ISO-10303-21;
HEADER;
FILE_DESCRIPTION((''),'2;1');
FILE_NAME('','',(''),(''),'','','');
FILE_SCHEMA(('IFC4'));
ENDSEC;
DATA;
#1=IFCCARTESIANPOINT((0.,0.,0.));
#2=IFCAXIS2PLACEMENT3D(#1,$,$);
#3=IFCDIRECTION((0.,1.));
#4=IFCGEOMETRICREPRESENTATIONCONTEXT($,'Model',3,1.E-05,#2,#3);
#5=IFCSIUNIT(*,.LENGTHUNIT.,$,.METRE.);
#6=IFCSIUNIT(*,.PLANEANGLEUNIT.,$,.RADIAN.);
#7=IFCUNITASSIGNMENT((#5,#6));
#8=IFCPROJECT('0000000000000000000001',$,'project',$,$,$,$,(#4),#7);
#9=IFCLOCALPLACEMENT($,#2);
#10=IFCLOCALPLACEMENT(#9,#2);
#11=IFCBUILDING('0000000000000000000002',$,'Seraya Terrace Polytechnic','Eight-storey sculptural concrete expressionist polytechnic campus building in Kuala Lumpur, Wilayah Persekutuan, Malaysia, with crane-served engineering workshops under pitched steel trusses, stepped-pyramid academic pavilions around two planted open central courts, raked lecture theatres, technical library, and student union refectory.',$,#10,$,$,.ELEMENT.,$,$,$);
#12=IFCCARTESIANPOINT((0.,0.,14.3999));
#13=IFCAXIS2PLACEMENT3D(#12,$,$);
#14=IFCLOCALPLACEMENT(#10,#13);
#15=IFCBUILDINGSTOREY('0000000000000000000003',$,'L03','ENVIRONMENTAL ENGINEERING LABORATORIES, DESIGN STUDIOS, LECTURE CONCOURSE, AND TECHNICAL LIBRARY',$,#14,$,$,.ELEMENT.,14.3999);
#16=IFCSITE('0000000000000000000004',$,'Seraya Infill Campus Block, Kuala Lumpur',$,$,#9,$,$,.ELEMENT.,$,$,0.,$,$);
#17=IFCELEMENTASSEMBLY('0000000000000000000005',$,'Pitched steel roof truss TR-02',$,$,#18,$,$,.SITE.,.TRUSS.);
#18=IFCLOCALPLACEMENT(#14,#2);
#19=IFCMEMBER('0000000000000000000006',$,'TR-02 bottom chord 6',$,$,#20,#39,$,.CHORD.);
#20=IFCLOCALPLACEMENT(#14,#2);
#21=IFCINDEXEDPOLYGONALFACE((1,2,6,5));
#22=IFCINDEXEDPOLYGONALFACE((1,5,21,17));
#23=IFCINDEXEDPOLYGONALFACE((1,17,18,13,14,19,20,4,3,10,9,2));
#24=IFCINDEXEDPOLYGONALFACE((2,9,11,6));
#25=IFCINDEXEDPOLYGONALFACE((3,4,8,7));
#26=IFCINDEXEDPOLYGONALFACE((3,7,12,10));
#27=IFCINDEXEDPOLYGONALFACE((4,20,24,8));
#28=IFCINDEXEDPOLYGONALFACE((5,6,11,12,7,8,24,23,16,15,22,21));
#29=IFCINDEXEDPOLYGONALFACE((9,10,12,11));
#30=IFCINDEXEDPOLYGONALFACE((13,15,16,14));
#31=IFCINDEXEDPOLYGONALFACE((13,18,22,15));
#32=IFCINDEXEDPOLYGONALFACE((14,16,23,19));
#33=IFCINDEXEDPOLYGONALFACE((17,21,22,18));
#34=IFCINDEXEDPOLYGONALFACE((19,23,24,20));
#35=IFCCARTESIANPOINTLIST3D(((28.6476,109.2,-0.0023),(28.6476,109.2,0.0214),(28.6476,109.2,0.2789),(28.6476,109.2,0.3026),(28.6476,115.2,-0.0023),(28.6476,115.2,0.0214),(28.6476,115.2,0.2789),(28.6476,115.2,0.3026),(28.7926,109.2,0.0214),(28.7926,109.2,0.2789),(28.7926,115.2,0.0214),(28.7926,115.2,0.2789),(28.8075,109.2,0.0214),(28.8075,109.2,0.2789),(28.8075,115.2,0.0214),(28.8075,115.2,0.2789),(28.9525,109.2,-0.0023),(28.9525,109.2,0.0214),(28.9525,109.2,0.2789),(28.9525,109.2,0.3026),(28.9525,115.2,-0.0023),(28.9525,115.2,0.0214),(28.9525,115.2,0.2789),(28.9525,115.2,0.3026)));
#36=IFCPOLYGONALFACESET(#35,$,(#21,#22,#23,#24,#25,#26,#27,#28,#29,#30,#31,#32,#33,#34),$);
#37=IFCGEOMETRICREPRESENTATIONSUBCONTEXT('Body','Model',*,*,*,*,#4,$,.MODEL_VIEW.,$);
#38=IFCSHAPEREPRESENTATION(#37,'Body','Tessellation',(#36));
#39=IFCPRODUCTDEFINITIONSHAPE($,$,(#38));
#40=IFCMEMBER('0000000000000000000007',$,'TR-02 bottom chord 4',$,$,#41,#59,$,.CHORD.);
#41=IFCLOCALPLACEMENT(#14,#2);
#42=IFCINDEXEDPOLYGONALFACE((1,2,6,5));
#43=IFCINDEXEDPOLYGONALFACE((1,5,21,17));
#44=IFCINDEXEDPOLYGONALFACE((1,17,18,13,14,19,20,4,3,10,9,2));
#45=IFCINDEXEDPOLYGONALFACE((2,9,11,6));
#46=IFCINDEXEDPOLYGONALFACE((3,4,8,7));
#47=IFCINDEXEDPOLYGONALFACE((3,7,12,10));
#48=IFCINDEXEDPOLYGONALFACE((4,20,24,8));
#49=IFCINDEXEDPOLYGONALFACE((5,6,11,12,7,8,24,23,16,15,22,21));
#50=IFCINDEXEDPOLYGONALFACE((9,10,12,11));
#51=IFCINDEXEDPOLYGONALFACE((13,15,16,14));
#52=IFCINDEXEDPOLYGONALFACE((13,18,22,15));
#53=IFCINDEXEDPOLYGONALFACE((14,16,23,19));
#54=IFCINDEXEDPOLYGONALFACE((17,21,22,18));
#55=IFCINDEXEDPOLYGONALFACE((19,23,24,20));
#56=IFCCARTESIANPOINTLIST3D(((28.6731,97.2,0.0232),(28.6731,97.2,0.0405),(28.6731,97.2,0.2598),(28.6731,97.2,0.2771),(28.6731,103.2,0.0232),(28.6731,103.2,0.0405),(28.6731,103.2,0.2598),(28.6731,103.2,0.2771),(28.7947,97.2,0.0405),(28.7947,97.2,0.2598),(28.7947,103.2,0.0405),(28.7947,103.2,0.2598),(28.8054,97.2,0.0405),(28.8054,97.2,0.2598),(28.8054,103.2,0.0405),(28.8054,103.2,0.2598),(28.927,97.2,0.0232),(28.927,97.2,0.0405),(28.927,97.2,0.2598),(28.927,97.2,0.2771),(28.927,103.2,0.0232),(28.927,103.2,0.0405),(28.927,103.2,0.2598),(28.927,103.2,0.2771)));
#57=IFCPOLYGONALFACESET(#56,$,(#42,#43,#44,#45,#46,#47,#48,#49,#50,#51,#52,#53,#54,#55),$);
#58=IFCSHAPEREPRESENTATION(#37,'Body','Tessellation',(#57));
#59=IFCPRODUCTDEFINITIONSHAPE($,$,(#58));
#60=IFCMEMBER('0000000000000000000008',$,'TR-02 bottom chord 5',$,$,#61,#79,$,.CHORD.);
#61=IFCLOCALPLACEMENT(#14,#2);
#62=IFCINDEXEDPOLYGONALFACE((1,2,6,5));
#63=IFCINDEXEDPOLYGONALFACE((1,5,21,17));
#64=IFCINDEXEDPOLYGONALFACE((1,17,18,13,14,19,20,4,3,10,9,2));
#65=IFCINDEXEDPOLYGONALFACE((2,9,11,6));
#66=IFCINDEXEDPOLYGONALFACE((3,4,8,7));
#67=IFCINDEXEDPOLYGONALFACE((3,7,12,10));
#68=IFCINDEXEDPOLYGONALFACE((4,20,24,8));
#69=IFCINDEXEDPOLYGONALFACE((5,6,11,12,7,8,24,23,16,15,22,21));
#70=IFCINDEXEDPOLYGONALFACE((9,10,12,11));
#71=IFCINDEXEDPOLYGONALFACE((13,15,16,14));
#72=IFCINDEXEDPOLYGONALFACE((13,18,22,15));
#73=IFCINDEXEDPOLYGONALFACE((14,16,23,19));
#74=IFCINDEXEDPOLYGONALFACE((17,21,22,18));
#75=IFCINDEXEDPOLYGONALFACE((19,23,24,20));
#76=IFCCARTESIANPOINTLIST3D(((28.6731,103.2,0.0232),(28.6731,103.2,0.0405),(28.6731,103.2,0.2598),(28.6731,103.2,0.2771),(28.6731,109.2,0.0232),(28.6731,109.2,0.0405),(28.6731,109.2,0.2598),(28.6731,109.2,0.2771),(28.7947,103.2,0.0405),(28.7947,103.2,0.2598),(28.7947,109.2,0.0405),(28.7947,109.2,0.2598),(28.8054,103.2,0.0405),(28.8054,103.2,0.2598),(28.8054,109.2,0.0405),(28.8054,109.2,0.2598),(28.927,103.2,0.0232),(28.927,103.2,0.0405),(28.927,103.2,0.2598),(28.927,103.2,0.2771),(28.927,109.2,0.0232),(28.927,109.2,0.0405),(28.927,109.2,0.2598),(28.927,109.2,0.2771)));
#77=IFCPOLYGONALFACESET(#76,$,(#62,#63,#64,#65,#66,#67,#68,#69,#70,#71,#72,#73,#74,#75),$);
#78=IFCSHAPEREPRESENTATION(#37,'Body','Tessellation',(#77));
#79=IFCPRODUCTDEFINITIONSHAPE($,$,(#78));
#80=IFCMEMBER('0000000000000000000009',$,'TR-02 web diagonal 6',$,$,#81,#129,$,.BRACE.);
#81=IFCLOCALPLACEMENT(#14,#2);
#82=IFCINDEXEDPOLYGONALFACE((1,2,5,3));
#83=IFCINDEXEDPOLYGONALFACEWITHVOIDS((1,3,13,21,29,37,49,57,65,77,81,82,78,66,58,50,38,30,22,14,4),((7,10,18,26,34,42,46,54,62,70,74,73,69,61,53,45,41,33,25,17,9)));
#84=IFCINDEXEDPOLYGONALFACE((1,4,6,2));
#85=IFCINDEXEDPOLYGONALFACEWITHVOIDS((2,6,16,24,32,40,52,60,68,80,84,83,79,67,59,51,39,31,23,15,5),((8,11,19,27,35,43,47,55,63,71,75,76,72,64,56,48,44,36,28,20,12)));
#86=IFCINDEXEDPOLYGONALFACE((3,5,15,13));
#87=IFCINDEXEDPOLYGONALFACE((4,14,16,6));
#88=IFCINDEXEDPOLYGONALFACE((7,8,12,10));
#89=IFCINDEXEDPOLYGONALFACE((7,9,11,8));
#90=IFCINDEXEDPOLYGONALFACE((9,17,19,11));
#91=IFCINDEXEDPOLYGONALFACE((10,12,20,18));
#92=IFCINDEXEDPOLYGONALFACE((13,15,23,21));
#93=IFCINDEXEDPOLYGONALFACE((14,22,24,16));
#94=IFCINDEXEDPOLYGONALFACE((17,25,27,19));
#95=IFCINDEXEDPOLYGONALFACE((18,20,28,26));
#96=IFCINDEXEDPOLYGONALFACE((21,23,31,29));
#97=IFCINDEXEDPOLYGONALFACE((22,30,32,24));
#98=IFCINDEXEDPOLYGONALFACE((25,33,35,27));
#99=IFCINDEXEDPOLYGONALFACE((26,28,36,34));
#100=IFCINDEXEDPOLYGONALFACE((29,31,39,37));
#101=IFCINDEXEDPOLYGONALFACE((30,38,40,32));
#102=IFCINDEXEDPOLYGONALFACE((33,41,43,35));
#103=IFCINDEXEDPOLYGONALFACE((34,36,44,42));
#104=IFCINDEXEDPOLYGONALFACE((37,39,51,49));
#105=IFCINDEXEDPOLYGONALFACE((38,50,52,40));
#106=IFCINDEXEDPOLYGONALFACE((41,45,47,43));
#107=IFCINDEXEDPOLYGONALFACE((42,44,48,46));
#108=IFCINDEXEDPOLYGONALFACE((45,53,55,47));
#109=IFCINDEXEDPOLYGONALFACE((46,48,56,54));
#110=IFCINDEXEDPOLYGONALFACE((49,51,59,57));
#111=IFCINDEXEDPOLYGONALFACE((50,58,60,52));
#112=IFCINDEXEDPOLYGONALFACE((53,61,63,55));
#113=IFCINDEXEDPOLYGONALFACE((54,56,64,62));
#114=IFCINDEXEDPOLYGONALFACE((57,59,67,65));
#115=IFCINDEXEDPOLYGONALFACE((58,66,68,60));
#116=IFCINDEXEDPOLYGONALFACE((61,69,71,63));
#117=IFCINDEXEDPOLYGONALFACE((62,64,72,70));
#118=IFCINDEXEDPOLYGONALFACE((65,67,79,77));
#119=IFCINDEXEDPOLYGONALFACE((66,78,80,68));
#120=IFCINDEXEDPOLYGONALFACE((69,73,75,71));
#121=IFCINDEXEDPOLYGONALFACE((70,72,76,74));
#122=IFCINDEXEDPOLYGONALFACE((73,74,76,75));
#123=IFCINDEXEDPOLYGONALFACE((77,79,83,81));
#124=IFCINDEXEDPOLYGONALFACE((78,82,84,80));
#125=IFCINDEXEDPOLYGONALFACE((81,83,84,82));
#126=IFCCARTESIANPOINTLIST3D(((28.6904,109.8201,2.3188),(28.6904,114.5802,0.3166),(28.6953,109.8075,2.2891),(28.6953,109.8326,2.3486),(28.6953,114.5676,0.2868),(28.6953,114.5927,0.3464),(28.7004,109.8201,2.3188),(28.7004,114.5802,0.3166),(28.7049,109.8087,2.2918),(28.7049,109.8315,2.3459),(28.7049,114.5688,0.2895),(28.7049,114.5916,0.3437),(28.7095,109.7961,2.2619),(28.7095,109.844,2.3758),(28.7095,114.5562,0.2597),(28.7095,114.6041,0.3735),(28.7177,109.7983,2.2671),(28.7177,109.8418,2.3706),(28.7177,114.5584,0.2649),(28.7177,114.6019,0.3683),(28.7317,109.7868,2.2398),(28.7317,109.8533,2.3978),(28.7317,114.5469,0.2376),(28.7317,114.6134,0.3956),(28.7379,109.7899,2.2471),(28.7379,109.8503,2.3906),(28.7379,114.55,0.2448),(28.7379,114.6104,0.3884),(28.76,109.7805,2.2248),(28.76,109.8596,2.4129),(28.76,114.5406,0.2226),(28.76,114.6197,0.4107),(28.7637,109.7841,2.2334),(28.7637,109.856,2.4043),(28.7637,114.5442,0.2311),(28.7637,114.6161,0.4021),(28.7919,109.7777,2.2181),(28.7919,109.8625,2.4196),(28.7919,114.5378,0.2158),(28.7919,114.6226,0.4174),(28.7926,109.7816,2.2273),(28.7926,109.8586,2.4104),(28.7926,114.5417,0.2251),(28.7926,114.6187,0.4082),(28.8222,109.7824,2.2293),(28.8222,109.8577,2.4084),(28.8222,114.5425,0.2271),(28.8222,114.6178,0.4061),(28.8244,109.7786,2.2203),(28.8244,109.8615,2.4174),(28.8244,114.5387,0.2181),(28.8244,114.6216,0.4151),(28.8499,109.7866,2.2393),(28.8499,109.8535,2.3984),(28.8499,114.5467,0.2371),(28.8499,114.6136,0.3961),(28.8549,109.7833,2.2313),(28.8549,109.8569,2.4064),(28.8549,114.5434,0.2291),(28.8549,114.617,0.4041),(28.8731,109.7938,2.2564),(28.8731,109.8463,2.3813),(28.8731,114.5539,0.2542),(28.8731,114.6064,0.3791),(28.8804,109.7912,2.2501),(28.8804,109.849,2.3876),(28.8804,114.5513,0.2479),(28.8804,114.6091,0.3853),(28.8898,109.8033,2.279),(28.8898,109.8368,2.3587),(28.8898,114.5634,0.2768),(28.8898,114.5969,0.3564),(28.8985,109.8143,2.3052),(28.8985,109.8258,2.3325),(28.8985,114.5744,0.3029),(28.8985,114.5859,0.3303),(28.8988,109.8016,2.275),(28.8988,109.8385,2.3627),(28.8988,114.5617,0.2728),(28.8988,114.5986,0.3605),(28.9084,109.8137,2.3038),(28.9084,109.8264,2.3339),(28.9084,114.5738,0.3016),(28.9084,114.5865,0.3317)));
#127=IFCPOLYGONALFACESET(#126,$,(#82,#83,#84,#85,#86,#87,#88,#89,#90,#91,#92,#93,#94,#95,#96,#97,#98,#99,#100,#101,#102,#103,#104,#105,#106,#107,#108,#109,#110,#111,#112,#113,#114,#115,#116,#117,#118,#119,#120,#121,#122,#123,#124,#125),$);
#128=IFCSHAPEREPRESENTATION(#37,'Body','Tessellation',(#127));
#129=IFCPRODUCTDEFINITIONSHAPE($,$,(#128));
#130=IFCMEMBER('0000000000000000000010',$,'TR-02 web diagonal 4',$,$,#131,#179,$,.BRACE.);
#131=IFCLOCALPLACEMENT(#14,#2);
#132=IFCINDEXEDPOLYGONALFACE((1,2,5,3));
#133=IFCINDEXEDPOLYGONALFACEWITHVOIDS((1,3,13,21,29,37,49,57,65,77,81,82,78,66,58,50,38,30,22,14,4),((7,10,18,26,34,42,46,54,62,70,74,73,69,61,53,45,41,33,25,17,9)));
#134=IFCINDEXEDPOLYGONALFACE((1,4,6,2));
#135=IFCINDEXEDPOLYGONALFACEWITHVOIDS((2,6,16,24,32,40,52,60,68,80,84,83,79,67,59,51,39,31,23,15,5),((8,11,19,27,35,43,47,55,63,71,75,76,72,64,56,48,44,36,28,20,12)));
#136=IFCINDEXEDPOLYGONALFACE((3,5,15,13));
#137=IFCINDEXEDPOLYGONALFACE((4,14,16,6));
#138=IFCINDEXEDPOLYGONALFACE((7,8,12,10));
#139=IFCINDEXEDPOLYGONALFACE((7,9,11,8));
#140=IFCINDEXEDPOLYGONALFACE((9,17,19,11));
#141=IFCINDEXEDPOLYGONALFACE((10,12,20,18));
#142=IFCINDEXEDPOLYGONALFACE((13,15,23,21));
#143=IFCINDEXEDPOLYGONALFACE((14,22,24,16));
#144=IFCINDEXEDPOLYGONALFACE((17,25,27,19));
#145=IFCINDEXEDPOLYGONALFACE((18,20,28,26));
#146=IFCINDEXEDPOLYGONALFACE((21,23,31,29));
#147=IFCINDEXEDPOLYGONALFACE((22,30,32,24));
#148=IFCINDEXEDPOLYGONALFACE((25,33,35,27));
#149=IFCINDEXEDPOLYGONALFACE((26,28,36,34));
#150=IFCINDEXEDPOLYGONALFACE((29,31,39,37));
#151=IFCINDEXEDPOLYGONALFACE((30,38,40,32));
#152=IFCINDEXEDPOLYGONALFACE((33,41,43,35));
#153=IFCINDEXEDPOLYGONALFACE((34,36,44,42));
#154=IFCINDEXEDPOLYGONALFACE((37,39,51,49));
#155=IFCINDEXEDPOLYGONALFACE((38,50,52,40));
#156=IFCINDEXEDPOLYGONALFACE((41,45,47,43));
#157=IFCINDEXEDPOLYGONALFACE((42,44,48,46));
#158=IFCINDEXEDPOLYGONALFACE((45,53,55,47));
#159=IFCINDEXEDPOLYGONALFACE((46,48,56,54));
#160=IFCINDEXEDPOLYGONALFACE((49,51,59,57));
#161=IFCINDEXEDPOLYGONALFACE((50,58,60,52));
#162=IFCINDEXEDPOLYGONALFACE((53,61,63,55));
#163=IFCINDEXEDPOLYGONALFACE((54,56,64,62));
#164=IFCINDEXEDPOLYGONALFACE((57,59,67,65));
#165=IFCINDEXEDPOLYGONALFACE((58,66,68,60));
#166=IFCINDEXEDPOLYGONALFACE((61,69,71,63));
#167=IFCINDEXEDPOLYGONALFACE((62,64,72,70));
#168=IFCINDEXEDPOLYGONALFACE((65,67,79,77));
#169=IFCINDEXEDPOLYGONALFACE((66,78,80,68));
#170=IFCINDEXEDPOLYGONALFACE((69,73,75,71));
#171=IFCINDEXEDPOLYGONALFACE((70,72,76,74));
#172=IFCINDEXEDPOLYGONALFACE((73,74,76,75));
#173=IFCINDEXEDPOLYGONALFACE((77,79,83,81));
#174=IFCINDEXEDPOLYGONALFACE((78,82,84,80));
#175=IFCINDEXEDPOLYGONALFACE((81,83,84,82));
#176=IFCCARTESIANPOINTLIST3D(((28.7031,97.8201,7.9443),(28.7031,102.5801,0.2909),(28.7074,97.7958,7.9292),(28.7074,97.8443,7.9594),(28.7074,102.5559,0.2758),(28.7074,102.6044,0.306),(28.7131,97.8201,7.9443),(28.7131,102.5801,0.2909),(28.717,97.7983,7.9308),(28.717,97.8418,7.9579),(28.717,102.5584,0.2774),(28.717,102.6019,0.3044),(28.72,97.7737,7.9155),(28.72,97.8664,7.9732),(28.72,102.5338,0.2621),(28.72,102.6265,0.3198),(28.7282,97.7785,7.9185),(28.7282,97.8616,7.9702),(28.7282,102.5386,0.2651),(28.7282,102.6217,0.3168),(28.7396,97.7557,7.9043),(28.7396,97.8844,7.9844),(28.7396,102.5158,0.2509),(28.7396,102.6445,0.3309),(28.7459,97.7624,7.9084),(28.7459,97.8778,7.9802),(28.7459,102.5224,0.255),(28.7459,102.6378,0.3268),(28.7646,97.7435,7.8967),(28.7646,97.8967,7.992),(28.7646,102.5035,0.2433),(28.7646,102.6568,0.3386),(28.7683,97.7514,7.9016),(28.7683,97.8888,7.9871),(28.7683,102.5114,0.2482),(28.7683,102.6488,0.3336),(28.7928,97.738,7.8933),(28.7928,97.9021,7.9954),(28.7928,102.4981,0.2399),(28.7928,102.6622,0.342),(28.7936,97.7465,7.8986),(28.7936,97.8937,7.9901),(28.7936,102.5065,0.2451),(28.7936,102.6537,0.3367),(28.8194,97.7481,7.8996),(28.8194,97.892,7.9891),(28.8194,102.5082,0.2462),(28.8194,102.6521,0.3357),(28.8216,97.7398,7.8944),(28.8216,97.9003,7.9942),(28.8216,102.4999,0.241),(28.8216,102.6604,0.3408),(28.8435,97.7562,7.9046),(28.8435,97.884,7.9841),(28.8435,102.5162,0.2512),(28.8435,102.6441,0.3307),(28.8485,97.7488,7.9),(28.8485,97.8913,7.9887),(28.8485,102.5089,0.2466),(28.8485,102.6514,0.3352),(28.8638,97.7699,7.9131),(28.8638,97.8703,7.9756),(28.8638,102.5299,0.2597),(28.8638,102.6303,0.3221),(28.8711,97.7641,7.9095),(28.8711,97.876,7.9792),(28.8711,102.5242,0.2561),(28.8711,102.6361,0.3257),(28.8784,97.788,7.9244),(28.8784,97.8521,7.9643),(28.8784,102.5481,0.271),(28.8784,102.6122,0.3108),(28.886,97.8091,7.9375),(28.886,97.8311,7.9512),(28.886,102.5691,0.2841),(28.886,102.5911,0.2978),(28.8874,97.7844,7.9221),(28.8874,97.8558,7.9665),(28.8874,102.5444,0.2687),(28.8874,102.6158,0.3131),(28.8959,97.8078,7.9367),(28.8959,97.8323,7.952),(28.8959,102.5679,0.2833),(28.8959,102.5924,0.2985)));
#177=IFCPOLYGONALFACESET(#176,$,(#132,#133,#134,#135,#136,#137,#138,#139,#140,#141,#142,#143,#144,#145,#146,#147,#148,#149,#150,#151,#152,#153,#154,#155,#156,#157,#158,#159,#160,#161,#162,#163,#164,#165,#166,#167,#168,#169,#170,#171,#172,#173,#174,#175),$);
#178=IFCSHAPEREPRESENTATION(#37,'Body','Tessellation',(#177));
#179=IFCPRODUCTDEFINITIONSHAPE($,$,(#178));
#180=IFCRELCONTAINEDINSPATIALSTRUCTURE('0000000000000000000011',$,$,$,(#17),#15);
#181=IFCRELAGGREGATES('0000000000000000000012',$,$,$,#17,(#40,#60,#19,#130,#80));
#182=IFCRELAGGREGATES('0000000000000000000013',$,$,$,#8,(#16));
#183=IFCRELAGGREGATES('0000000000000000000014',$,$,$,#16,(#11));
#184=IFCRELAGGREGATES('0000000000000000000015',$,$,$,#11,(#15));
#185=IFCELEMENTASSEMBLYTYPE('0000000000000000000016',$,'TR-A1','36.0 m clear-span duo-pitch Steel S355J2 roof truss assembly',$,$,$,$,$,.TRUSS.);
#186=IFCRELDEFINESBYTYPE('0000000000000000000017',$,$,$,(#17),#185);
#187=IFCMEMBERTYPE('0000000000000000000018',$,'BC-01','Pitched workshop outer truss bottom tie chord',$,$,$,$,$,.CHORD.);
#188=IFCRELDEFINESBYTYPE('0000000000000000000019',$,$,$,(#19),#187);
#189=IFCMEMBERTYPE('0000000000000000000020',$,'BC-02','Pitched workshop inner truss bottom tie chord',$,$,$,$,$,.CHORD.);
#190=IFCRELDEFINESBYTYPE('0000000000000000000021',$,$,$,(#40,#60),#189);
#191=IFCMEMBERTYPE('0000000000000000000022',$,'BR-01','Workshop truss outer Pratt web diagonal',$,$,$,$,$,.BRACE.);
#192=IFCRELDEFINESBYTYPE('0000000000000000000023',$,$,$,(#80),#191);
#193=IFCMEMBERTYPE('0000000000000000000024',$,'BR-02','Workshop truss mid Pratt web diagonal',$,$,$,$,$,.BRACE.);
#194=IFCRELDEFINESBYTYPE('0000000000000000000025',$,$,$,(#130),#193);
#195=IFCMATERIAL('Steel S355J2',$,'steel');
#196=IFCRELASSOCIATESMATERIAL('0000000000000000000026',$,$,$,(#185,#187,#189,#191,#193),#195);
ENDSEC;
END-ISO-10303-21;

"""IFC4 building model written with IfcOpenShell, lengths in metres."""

from ifc_helpers import new_model, si_unit, direction, frame, origin, origin_2d, place, context, subcontext, project, spatial, hollow_circle, i_section, extrude, material, material_profile, profile_set, type_object, element, aggregate, save


model = new_model("IFC4")

# Units and contexts
model_context = context("Model", 3, precision=1e-05, world=origin(), true_north=direction((0.0, 1.0)))
body_context = subcontext(model_context, "Body", "Model", "MODEL_VIEW")
ifc_project = project(units=[si_unit("LENGTHUNIT", "METRE"), si_unit("PLANEANGLEUNIT", "RADIAN")], contexts=[model_context])

# Site, building, storey
site_placement = place(None, origin())
site = spatial("IfcSite", under=ifc_project, at=site_placement, Name="Seraya Infill Campus Block, Kuala Lumpur", CompositionType="ELEMENT", RefElevation=0.0)
building_placement = place(site_placement, origin())
building = spatial("IfcBuilding", under=site, at=building_placement, Name="Seraya Terrace Polytechnic", Description="Eight-storey sculptural concrete expressionist polytechnic campus building in Kuala Lumpur, Wilayah Persekutuan, Malaysia, with crane-served engineering workshops under pitched steel trusses, stepped-pyramid academic pavilions around two planted open central courts, raked lecture theatres, technical library, and student union refectory.", CompositionType="ELEMENT")
storey_placement = place(building_placement, frame((0.0, 0.0, 14.3999)))
storey = spatial("IfcBuildingStorey", under=building, at=storey_placement, Name="L03", Description="ENVIRONMENTAL ENGINEERING LABORATORIES, DESIGN STUDIOS, LECTURE CONCOURSE, AND TECHNICAL LIBRARY", CompositionType="ELEMENT", Elevation=14.3999)

# Element assembly, members
ifc_material_1 = material(Name="Steel S355J2", Category="steel")
element_assembly_type = type_object("IfcElementAssemblyType", Name="TR-A1", Description="36.0 m clear-span duo-pitch Steel S355J2 roof truss assembly", PredefinedType="TRUSS", material=ifc_material_1)
assembly_placement = place(storey_placement, origin())
assembly = element("IfcElementAssembly", 1, at=assembly_placement, inside=storey, type_object=element_assembly_type, Name="Pitched steel roof truss TR-02", AssemblyPlace="SITE", PredefinedType="TRUSS")
ifc_material_profile_1 = material_profile(ifc_material_1, i_section(OverallWidth=0.3049, OverallDepth=0.3049, WebThickness=0.0149, FlangeThickness=0.0237, at=origin_2d()), Name="UKC 305x305x14.9x23.8")
ifc_profile_set_1 = profile_set([ifc_material_profile_1], Name="Steel S355J2")
member_type_1 = type_object("IfcMemberType", Name="BC-01", Description="Pitched workshop outer truss bottom tie chord", PredefinedType="CHORD", material=ifc_profile_set_1)
member_1_placement = place(storey_placement, frame((28.8, 109.2, 0.1501), z_axis=(0.0, 1.0, 0.0), x_axis=(-1.0, 0.0, 0.0)))
member_1 = element("IfcMember", 2, at=member_1_placement, type_object=member_type_1, Name="TR-02 bottom chord 6", PredefinedType="CHORD", context=body_context, shape_type="SweptSolid", body=[
    extrude(i_section(OverallWidth=0.3049, OverallDepth=0.3049, WebThickness=0.0149, FlangeThickness=0.0237, at=origin_2d()), origin(), (0.0, 0.0, 1.0), 6.0),
])
ifc_material_profile_2 = material_profile(ifc_material_1, i_section(OverallWidth=0.2539, OverallDepth=0.2539, WebThickness=0.0107, FlangeThickness=0.0173, at=origin_2d()), Name="UKC 254x254x10.7x17.3")
ifc_profile_set_2 = profile_set([ifc_material_profile_2], Name="Steel S355J2")
member_type_2 = type_object("IfcMemberType", Name="BC-02", Description="Pitched workshop inner truss bottom tie chord", PredefinedType="CHORD", material=ifc_profile_set_2)
member_2_placement = place(storey_placement, frame((28.8, 97.2, 0.1501), z_axis=(0.0, 1.0, 0.0), x_axis=(-1.0, 0.0, 0.0)))
member_2 = element("IfcMember", 3, at=member_2_placement, type_object=member_type_2, Name="TR-02 bottom chord 4", PredefinedType="CHORD", context=body_context, shape_type="SweptSolid", body=[
    extrude(i_section(OverallWidth=0.2539, OverallDepth=0.2539, WebThickness=0.0107, FlangeThickness=0.0173, at=origin_2d()), origin(), (0.0, 0.0, 1.0), 6.0),
])
member_3_placement = place(storey_placement, frame((28.8, 103.2, 0.1501), z_axis=(0.0, 1.0, 0.0), x_axis=(-1.0, 0.0, 0.0)))
member_3 = element("IfcMember", 4, at=member_3_placement, type_object=member_type_2, Name="TR-02 bottom chord 5", PredefinedType="CHORD", context=body_context, shape_type="SweptSolid", body=[
    extrude(i_section(OverallWidth=0.2539, OverallDepth=0.2539, WebThickness=0.0107, FlangeThickness=0.0173, at=origin_2d()), origin(), (0.0, 0.0, 1.0), 6.0),
])
ifc_material_profile_3 = material_profile(ifc_material_1, hollow_circle(Radius=0.1096, WallThickness=0.01, at=origin_2d()), Name="CHS 219.1x10.0")
ifc_profile_set_3 = profile_set([ifc_material_profile_3], Name="Steel S355J2")
member_type_3 = type_object("IfcMemberType", Name="BR-01", Description="Workshop truss outer Pratt web diagonal", PredefinedType="BRACE", material=ifc_profile_set_3)
member_4_placement = place(storey_placement, frame((28.8, 109.8201, 2.3188), z_axis=(0.0, 0.921775, -0.387725), x_axis=(-1.0, 0.0, 0.0)))
member_4 = element("IfcMember", 5, at=member_4_placement, type_object=member_type_3, Name="TR-02 web diagonal 6", PredefinedType="BRACE", context=body_context, shape_type="SweptSolid", body=[
    extrude(hollow_circle(Radius=0.1096, WallThickness=0.01, at=origin_2d()), origin(), (0.0, 0.0, 1.0), 5.1641),
])
ifc_material_profile_4 = material_profile(ifc_material_1, hollow_circle(Radius=0.0969, WallThickness=0.01, at=origin_2d()), Name="CHS 193.7x10.0")
ifc_profile_set_4 = profile_set([ifc_material_profile_4], Name="Steel S355J2")
member_type_4 = type_object("IfcMemberType", Name="BR-02", Description="Workshop truss mid Pratt web diagonal", PredefinedType="BRACE", material=ifc_profile_set_4)
member_5_placement = place(storey_placement, frame((28.8, 97.8201, 7.9443), z_axis=(0.0, 0.528137, -0.849159), x_axis=(-1.0, 0.0, 0.0)))
member_5 = element("IfcMember", 6, at=member_5_placement, type_object=member_type_4, Name="TR-02 web diagonal 4", PredefinedType="BRACE", context=body_context, shape_type="SweptSolid", body=[
    extrude(hollow_circle(Radius=0.0969, WallThickness=0.01, at=origin_2d()), origin(), (0.0, 0.0, 1.0), 9.0129),
])

aggregate(assembly, [member_2, member_3, member_1, member_5, member_4])

save(model, "model.ifc")
